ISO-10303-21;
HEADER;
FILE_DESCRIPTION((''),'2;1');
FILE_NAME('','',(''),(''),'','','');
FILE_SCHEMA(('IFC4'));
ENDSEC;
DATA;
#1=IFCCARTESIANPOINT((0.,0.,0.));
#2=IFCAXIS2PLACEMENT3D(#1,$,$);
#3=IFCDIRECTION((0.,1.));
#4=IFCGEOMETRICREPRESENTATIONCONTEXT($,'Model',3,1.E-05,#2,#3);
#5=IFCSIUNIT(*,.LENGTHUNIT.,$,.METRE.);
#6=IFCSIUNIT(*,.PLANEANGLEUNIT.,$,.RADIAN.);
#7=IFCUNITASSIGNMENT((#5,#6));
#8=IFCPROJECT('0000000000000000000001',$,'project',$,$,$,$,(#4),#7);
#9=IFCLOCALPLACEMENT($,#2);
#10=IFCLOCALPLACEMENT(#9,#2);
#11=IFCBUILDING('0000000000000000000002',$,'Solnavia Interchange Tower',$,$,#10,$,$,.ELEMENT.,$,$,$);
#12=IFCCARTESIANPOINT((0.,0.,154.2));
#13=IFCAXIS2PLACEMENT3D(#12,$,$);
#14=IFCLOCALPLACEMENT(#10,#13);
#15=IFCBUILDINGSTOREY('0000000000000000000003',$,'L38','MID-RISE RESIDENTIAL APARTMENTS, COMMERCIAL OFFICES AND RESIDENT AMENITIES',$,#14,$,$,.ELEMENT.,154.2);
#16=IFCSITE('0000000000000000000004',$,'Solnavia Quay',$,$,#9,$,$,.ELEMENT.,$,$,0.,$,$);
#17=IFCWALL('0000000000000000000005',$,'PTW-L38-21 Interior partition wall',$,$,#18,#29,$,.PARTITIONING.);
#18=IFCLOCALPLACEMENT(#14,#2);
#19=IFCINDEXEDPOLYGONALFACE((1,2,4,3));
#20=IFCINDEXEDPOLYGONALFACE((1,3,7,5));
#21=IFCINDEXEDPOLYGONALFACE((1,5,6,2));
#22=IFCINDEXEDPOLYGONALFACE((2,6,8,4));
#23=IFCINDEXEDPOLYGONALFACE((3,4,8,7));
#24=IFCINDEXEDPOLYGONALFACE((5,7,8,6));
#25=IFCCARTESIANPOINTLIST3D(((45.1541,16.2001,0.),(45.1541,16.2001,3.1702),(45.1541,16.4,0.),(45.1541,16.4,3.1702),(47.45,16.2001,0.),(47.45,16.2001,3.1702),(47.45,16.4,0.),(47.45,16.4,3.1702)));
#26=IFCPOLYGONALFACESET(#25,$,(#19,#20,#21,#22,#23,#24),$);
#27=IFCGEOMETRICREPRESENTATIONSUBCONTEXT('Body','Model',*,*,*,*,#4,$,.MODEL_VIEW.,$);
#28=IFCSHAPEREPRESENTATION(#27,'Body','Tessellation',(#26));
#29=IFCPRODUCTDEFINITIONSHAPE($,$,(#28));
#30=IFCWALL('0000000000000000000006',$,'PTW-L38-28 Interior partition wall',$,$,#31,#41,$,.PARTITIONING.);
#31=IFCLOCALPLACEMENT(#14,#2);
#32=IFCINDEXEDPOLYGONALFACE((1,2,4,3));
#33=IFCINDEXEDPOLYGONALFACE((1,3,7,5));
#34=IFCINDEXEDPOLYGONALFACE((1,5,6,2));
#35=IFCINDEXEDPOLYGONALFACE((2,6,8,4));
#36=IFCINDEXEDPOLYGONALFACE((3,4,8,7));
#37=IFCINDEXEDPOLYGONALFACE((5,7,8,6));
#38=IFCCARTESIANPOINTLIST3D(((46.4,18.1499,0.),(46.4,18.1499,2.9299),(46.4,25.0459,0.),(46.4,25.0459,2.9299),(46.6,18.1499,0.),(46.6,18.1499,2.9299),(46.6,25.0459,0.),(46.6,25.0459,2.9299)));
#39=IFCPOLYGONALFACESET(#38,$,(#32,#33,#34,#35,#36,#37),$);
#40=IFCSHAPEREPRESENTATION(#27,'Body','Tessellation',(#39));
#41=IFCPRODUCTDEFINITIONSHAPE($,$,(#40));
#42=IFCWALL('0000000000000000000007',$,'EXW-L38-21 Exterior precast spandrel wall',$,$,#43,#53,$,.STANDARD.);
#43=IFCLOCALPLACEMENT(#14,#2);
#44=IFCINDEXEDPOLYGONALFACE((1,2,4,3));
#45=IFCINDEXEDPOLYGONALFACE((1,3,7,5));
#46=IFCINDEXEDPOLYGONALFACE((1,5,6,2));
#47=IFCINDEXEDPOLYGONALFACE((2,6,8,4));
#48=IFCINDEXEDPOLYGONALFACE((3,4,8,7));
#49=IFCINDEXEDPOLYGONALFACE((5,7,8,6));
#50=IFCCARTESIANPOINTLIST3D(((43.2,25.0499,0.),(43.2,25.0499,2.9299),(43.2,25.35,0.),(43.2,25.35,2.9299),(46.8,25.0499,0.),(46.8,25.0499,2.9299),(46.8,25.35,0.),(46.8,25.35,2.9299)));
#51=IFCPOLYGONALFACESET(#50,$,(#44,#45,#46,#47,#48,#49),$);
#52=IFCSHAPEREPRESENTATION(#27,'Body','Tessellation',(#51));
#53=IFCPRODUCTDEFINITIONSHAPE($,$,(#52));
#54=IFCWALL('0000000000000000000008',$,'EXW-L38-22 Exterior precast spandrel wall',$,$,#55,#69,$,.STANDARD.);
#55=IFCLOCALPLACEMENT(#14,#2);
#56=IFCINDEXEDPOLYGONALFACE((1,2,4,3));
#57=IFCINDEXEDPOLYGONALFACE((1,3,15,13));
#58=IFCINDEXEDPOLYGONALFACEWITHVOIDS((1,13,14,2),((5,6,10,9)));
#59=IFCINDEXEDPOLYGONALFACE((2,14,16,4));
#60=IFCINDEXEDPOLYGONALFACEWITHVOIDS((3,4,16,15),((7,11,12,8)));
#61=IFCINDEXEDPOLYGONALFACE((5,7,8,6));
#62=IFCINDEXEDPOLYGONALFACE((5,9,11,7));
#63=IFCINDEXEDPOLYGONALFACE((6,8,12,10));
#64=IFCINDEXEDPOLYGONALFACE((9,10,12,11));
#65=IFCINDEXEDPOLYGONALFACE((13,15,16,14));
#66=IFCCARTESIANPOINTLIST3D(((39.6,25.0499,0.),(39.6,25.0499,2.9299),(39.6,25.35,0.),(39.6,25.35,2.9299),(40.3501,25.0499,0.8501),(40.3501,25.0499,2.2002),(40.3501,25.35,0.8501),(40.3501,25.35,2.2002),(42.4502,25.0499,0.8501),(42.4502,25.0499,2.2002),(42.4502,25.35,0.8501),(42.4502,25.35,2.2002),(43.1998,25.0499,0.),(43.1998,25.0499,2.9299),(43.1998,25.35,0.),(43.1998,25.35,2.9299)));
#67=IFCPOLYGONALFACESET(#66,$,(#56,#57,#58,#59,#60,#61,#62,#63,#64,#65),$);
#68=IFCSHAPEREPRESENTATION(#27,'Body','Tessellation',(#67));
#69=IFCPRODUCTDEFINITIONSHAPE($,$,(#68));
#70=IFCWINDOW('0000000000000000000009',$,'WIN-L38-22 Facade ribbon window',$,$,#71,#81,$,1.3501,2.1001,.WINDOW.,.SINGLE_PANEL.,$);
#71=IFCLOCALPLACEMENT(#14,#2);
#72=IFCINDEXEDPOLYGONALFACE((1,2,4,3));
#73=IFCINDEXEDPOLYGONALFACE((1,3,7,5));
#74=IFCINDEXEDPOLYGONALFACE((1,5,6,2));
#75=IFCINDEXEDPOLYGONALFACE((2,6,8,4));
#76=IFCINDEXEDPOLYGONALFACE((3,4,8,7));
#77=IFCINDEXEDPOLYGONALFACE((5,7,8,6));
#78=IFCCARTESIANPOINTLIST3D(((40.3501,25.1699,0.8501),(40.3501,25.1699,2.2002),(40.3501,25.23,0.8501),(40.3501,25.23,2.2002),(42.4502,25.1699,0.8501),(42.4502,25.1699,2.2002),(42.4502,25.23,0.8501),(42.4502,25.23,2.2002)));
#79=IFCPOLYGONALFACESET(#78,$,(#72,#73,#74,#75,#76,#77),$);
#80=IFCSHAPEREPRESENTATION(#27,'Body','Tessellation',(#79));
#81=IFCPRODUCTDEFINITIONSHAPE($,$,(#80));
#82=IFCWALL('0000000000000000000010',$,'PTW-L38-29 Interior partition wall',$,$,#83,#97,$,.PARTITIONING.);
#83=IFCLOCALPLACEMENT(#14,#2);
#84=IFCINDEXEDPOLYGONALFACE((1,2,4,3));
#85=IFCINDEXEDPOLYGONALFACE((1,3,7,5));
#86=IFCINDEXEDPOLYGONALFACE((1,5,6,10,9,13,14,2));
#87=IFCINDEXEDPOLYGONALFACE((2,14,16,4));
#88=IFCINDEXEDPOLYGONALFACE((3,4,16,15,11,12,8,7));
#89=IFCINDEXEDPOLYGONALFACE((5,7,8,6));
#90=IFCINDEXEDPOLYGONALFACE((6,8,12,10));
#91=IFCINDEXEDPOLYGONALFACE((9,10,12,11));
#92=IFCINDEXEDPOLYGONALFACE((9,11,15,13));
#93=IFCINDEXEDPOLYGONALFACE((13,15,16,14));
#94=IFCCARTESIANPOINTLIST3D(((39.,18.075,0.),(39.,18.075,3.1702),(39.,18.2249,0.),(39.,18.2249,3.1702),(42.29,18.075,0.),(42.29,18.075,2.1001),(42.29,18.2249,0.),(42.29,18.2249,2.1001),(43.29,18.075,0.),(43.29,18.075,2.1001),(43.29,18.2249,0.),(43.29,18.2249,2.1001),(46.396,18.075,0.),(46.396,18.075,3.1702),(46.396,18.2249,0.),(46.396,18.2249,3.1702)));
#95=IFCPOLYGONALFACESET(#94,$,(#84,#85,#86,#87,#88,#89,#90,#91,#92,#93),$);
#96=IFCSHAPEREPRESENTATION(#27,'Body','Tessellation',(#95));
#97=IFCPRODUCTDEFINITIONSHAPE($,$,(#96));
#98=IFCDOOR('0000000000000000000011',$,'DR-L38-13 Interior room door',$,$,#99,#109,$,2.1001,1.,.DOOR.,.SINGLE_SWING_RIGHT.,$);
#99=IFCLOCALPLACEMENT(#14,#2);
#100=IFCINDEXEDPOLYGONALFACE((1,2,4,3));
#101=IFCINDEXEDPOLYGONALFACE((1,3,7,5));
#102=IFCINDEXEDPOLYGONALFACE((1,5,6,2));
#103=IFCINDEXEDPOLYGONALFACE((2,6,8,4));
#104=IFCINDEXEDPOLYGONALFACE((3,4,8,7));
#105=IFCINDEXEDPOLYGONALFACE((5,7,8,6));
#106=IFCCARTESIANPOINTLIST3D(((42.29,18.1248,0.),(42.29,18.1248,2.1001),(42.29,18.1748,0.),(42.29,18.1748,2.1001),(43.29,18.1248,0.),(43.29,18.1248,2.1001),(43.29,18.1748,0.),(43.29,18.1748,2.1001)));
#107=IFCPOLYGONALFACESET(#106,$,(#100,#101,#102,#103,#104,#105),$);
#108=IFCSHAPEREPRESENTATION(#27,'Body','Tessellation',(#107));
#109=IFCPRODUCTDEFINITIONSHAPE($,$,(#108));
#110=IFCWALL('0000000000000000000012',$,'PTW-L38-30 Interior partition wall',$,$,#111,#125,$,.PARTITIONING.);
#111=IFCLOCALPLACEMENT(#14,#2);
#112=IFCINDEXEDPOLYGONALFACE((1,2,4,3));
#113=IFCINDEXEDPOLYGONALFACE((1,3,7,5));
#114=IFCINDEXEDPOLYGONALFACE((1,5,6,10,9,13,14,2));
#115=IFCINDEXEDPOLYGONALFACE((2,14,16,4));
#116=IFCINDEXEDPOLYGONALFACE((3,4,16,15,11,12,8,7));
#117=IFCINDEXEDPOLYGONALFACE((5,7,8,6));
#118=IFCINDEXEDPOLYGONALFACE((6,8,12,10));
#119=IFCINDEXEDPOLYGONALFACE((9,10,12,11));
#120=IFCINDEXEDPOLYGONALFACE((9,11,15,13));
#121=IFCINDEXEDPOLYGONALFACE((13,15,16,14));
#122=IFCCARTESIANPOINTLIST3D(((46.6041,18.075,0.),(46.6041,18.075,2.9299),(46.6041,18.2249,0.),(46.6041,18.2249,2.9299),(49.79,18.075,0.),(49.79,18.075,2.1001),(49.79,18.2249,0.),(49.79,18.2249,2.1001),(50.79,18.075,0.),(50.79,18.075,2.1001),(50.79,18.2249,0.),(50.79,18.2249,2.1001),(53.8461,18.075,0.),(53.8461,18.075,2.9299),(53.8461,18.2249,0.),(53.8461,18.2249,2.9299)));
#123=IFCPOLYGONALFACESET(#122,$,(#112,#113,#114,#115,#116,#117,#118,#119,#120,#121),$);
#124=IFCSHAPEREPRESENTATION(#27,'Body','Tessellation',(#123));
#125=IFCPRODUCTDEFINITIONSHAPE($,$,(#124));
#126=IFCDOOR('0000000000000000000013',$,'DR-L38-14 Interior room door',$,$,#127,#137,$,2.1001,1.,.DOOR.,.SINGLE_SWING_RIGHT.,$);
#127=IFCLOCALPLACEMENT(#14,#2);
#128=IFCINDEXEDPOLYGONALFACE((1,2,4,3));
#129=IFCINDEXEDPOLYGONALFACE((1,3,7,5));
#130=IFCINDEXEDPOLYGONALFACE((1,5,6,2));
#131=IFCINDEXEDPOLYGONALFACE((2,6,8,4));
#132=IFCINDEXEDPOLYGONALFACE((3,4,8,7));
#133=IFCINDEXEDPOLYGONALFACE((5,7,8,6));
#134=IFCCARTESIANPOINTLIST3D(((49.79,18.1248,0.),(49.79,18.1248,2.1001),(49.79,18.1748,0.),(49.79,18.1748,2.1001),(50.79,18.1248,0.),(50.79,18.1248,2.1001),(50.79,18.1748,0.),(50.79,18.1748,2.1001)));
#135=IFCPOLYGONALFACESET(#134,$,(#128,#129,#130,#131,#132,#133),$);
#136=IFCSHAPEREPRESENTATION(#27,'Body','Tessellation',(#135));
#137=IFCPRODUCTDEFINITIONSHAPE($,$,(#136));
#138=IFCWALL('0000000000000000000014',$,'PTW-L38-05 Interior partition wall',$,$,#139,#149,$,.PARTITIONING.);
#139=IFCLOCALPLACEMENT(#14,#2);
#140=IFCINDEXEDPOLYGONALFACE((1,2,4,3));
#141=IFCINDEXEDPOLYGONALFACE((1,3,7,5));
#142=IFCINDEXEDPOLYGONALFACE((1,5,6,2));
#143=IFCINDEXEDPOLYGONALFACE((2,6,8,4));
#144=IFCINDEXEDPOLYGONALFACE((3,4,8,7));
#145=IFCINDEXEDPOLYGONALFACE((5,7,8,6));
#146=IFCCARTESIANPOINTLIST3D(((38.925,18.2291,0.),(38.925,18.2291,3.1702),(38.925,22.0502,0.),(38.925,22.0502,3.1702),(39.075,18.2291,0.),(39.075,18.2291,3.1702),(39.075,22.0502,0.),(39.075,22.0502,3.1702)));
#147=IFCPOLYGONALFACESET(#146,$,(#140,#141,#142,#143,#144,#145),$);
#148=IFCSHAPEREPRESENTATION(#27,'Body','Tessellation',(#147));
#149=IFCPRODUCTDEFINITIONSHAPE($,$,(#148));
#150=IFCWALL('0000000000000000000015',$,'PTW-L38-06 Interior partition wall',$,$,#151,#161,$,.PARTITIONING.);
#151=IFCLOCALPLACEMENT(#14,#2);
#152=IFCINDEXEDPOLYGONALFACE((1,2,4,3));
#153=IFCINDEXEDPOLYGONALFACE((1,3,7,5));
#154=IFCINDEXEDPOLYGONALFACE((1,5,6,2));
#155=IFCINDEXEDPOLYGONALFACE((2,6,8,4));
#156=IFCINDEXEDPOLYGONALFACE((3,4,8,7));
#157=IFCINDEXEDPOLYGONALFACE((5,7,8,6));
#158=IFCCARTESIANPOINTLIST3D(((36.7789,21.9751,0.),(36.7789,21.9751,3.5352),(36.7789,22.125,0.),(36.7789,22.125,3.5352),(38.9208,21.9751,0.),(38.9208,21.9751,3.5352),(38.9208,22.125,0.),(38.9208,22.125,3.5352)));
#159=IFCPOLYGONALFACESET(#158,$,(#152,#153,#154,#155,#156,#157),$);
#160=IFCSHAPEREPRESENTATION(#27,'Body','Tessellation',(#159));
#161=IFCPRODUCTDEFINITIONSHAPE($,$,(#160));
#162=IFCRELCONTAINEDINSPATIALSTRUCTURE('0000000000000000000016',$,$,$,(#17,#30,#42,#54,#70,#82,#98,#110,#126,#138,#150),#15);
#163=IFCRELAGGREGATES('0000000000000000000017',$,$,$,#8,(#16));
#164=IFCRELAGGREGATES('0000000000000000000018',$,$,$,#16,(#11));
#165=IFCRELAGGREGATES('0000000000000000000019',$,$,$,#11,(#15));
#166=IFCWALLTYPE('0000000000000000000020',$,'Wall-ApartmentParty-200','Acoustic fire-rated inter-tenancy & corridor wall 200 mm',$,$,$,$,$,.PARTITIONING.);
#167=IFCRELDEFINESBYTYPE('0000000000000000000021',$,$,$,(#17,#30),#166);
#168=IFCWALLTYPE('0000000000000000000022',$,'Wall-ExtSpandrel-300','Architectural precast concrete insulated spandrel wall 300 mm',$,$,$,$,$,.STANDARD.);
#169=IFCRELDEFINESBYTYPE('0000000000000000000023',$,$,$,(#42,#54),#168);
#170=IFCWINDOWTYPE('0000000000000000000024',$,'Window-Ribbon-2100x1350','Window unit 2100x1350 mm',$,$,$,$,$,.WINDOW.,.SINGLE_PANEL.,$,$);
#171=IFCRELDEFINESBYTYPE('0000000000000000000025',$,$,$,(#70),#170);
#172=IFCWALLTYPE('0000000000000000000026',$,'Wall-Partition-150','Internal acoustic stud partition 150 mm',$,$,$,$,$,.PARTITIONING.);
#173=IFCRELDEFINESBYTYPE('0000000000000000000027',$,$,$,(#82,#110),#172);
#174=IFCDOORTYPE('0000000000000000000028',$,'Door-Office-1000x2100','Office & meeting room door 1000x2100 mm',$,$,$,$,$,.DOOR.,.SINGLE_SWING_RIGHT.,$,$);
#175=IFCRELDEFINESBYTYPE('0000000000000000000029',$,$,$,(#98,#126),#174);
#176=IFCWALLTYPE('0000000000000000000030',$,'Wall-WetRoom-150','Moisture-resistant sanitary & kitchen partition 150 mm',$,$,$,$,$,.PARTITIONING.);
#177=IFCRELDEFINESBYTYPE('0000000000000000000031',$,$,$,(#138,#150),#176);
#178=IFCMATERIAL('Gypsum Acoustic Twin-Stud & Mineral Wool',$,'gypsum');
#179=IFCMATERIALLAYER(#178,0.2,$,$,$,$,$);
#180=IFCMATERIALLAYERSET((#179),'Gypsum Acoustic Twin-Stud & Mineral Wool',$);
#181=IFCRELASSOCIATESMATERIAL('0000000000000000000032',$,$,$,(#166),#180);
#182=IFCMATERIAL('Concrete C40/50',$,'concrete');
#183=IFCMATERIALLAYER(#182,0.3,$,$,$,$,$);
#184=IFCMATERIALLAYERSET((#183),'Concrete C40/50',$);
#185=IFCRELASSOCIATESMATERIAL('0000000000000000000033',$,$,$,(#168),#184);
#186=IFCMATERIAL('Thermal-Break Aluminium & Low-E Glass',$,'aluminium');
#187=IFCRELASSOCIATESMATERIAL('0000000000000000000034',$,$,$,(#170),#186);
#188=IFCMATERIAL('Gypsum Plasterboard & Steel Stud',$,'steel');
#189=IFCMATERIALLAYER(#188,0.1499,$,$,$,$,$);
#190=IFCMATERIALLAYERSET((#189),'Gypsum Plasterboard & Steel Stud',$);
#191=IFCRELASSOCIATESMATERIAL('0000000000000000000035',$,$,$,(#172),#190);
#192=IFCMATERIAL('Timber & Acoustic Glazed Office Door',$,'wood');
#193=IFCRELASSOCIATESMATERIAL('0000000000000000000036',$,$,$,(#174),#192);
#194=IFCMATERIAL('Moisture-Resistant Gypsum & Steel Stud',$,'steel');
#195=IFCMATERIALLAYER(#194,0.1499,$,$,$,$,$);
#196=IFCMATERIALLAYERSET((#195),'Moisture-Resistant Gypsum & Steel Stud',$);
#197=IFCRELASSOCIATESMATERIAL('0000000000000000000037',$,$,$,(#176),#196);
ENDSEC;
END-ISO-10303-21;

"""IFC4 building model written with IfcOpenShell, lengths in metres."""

from ifc_helpers import new_model, si_unit, direction, frame, frame_2d, origin, place, context, subcontext, project, spatial, rectangle, extrude, material, layer, layer_set, type_object, element, fill, save


model = new_model("IFC4")

# Units and contexts
model_context = context("Model", 3, precision=1e-05, world=origin(), true_north=direction((0.0, 1.0)))
body_context = subcontext(model_context, "Body", "Model", "MODEL_VIEW")
ifc_project = project(units=[si_unit("LENGTHUNIT", "METRE"), si_unit("PLANEANGLEUNIT", "RADIAN")], contexts=[model_context])

# Site, building, storey
site_placement = place(None, origin())
site = spatial("IfcSite", under=ifc_project, at=site_placement, Name="Solnavia Quay", CompositionType="ELEMENT", RefElevation=0.0)
building_placement = place(site_placement, origin())
building = spatial("IfcBuilding", under=site, at=building_placement, Name="Solnavia Interchange Tower", CompositionType="ELEMENT")
storey_placement = place(building_placement, frame((0.0, 0.0, 154.2)))
storey = spatial("IfcBuildingStorey", under=building, at=storey_placement, Name="L38", Description="MID-RISE RESIDENTIAL APARTMENTS, COMMERCIAL OFFICES AND RESIDENT AMENITIES", CompositionType="ELEMENT", Elevation=154.2)

# Shared definitions
ifc_material_1 = material(Name="Gypsum Acoustic Twin-Stud & Mineral Wool", Category="gypsum")
ifc_layer_1 = layer(ifc_material_1, 0.2)
ifc_layer_set_1 = layer_set([ifc_layer_1], Name="Gypsum Acoustic Twin-Stud & Mineral Wool")
wall_type_1 = type_object("IfcWallType", Name="Wall-ApartmentParty-200", Description="Acoustic fire-rated inter-tenancy & corridor wall 200 mm", PredefinedType="PARTITIONING", material=ifc_layer_set_1)

# Walls
wall_1_placement = place(storey_placement, frame((45.1541, 16.3, 0.0), z_axis=(0.0, 0.0, 1.0), x_axis=(1.0, 0.0, 0.0)))
element("IfcWall", 1, at=wall_1_placement, inside=storey, type_object=wall_type_1, Name="PTW-L38-21 Interior partition wall", PredefinedType="PARTITIONING", context=body_context, shape_type="SweptSolid", body=[
    extrude(rectangle(XDim=2.2959, YDim=0.2, at=frame_2d((1.1479, 0.0))), origin(), (0.0, 0.0, 1.0), 3.1702),
])
wall_2_placement = place(storey_placement, frame((46.5, 18.1499, 0.0), z_axis=(0.0, 0.0, 1.0), x_axis=(0.0, 1.0, 0.0)))
element("IfcWall", 2, at=wall_2_placement, inside=storey, type_object=wall_type_1, Name="PTW-L38-28 Interior partition wall", PredefinedType="PARTITIONING", context=body_context, shape_type="SweptSolid", body=[
    extrude(rectangle(XDim=6.896, YDim=0.2, at=frame_2d((3.448, 0.0))), origin(), (0.0, 0.0, 1.0), 2.9299),
])
ifc_material_2 = material(Name="Concrete C40/50", Category="concrete")
ifc_layer_2 = layer(ifc_material_2, 0.3)
ifc_layer_set_2 = layer_set([ifc_layer_2], Name="Concrete C40/50")
wall_type_2 = type_object("IfcWallType", Name="Wall-ExtSpandrel-300", Description="Architectural precast concrete insulated spandrel wall 300 mm", PredefinedType="STANDARD", material=ifc_layer_set_2)
wall_3_placement = place(storey_placement, frame((43.2, 25.2, 0.0), z_axis=(0.0, 0.0, 1.0), x_axis=(1.0, 0.0, 0.0)))
element("IfcWall", 3, at=wall_3_placement, inside=storey, type_object=wall_type_2, Name="EXW-L38-21 Exterior precast spandrel wall", PredefinedType="STANDARD", context=body_context, shape_type="SweptSolid", body=[
    extrude(rectangle(XDim=3.6001, YDim=0.3, at=frame_2d((1.8, 0.0))), origin(), (0.0, 0.0, 1.0), 2.9299),
])

# Wall, opening, window
wall_4_placement = place(storey_placement, frame((39.6001, 25.2, 0.0), z_axis=(0.0, 0.0, 1.0), x_axis=(1.0, 0.0, 0.0)))
wall_4 = element("IfcWall", 4, at=wall_4_placement, inside=storey, type_object=wall_type_2, Name="EXW-L38-22 Exterior precast spandrel wall", PredefinedType="STANDARD", context=body_context, shape_type="SweptSolid", body=[
    extrude(rectangle(XDim=3.5999, YDim=0.3, at=frame_2d((1.7998, 0.0))), origin(), (0.0, 0.0, 1.0), 2.9299),
])
opening_1_placement = place(wall_4_placement, frame((0.75, 0.0, 0.8501)))
opening_1 = element("IfcOpeningElement", 5, at=opening_1_placement, cuts=wall_4, PredefinedType="OPENING", context=body_context, shape_type="SweptSolid", body=[
    extrude(rectangle(XDim=2.1001, YDim=1.3501, at=frame_2d((1.05, 0.675))), frame((0.0, 0.1602, 0.0), z_axis=(0.0, -1.0, 0.0), x_axis=(1.0, 0.0, 0.0)), (0.0, 0.0, 1.0), 0.3201),
])
ifc_material_3 = material(Name="Thermal-Break Aluminium & Low-E Glass", Category="aluminium")
window_type = type_object("IfcWindowType", Name="Window-Ribbon-2100x1350", Description="Window unit 2100x1350 mm", PartitioningType="SINGLE_PANEL", PredefinedType="WINDOW", material=ifc_material_3)
window_placement = place(opening_1_placement, origin())
window = element("IfcWindow", 6, at=window_placement, inside=storey, type_object=window_type, Name="WIN-L38-22 Facade ribbon window", OverallHeight=1.3501, OverallWidth=2.1001, PartitioningType="SINGLE_PANEL", PredefinedType="WINDOW", context=body_context, shape_type="SweptSolid", body=[
    extrude(rectangle(XDim=2.1001, YDim=1.3501, at=frame_2d((1.05, 0.675))), frame((0.0, 0.03, 0.0), z_axis=(0.0, -1.0, 0.0), x_axis=(1.0, 0.0, 0.0)), (0.0, 0.0, 1.0), 0.0601),
])
fill(opening_1, window)

# Walls, openings, doors
ifc_material_4 = material(Name="Gypsum Plasterboard & Steel Stud", Category="steel")
ifc_layer_3 = layer(ifc_material_4, 0.1499)
ifc_layer_set_3 = layer_set([ifc_layer_3], Name="Gypsum Plasterboard & Steel Stud")
wall_type_3 = type_object("IfcWallType", Name="Wall-Partition-150", Description="Internal acoustic stud partition 150 mm", PredefinedType="PARTITIONING", material=ifc_layer_set_3)
wall_5_placement = place(storey_placement, frame((39.0, 18.1499, 0.0), z_axis=(0.0, 0.0, 1.0), x_axis=(1.0, 0.0, 0.0)))
wall_5 = element("IfcWall", 7, at=wall_5_placement, inside=storey, type_object=wall_type_3, Name="PTW-L38-29 Interior partition wall", PredefinedType="PARTITIONING", context=body_context, shape_type="SweptSolid", body=[
    extrude(rectangle(XDim=7.396, YDim=0.1499, at=frame_2d((3.698, 0.0))), origin(), (0.0, 0.0, 1.0), 3.1702),
])
opening_2_placement = place(wall_5_placement, frame((3.29, 0.0, 0.0)))
opening_2 = element("IfcOpeningElement", 8, at=opening_2_placement, cuts=wall_5, PredefinedType="OPENING", context=body_context, shape_type="SweptSolid", body=[
    extrude(rectangle(XDim=1.0, YDim=2.1001, at=frame_2d((0.5, 1.05))), frame((0.0, 0.085, 0.0), z_axis=(0.0, -1.0, 0.0), x_axis=(1.0, 0.0, 0.0)), (0.0, 0.0, 1.0), 0.1699),
])
ifc_material_5 = material(Name="Timber & Acoustic Glazed Office Door", Category="wood")
door_type_1 = type_object("IfcDoorType", Name="Door-Office-1000x2100", Description="Office & meeting room door 1000x2100 mm", OperationType="SINGLE_SWING_RIGHT", PredefinedType="DOOR", material=ifc_material_5)
door_1_placement = place(opening_2_placement, origin())
door_1 = element("IfcDoor", 9, at=door_1_placement, inside=storey, type_object=door_type_1, Name="DR-L38-13 Interior room door", OperationType="SINGLE_SWING_RIGHT", OverallHeight=2.1001, OverallWidth=1.0, PredefinedType="DOOR", context=body_context, shape_type="SweptSolid", body=[
    extrude(rectangle(XDim=1.0, YDim=2.1001, at=frame_2d((0.5, 1.05))), frame((0.0, 0.0249, 0.0), z_axis=(0.0, -1.0, 0.0), x_axis=(1.0, 0.0, 0.0)), (0.0, 0.0, 1.0), 0.05),
])
fill(opening_2, door_1)
wall_6_placement = place(storey_placement, frame((46.604, 18.1499, 0.0), z_axis=(0.0, 0.0, 1.0), x_axis=(1.0, 0.0, 0.0)))
wall_6 = element("IfcWall", 10, at=wall_6_placement, inside=storey, type_object=wall_type_3, Name="PTW-L38-30 Interior partition wall", PredefinedType="PARTITIONING", context=body_context, shape_type="SweptSolid", body=[
    extrude(rectangle(XDim=7.2419, YDim=0.1499, at=frame_2d((3.6211, 0.0))), origin(), (0.0, 0.0, 1.0), 2.9299),
])
opening_3_placement = place(wall_6_placement, frame((3.186, 0.0, 0.0)))
opening_3 = element("IfcOpeningElement", 11, at=opening_3_placement, cuts=wall_6, PredefinedType="OPENING", context=body_context, shape_type="SweptSolid", body=[
    extrude(rectangle(XDim=1.0, YDim=2.1001, at=frame_2d((0.5, 1.05))), frame((0.0, 0.085, 0.0), z_axis=(0.0, -1.0, 0.0), x_axis=(1.0, 0.0, 0.0)), (0.0, 0.0, 1.0), 0.1699),
])
door_2_placement = place(opening_3_placement, origin())
door_2 = element("IfcDoor", 12, at=door_2_placement, inside=storey, type_object=door_type_1, Name="DR-L38-14 Interior room door", OperationType="SINGLE_SWING_RIGHT", OverallHeight=2.1001, OverallWidth=1.0, PredefinedType="DOOR", context=body_context, shape_type="SweptSolid", body=[
    extrude(rectangle(XDim=1.0, YDim=2.1001, at=frame_2d((0.5, 1.05))), frame((0.0, 0.0249, 0.0), z_axis=(0.0, -1.0, 0.0), x_axis=(1.0, 0.0, 0.0)), (0.0, 0.0, 1.0), 0.05),
])
fill(opening_3, door_2)

# Walls
ifc_material_6 = material(Name="Moisture-Resistant Gypsum & Steel Stud", Category="steel")
ifc_layer_4 = layer(ifc_material_6, 0.1499)
ifc_layer_set_4 = layer_set([ifc_layer_4], Name="Moisture-Resistant Gypsum & Steel Stud")
wall_type_4 = type_object("IfcWallType", Name="Wall-WetRoom-150", Description="Moisture-resistant sanitary & kitchen partition 150 mm", PredefinedType="PARTITIONING", material=ifc_layer_set_4)
wall_7_placement = place(storey_placement, frame((39.0, 18.229, 0.0), z_axis=(0.0, 0.0, 1.0), x_axis=(0.0, 1.0, 0.0)))
element("IfcWall", 13, at=wall_7_placement, inside=storey, type_object=wall_type_4, Name="PTW-L38-05 Interior partition wall", PredefinedType="PARTITIONING", context=body_context, shape_type="SweptSolid", body=[
    extrude(rectangle(XDim=3.821, YDim=0.1499, at=frame_2d((1.9106, 0.0))), origin(), (0.0, 0.0, 1.0), 3.1702),
])
wall_8_placement = place(storey_placement, frame((36.7791, 22.05, 0.0), z_axis=(0.0, 0.0, 1.0), x_axis=(1.0, 0.0, 0.0)))
element("IfcWall", 14, at=wall_8_placement, inside=storey, type_object=wall_type_4, Name="PTW-L38-06 Interior partition wall", PredefinedType="PARTITIONING", context=body_context, shape_type="SweptSolid", body=[
    extrude(rectangle(XDim=2.1418, YDim=0.1499, at=frame_2d((1.0708, 0.0))), origin(), (0.0, 0.0, 1.0), 3.5352),
])

save(model, "model.ifc")
